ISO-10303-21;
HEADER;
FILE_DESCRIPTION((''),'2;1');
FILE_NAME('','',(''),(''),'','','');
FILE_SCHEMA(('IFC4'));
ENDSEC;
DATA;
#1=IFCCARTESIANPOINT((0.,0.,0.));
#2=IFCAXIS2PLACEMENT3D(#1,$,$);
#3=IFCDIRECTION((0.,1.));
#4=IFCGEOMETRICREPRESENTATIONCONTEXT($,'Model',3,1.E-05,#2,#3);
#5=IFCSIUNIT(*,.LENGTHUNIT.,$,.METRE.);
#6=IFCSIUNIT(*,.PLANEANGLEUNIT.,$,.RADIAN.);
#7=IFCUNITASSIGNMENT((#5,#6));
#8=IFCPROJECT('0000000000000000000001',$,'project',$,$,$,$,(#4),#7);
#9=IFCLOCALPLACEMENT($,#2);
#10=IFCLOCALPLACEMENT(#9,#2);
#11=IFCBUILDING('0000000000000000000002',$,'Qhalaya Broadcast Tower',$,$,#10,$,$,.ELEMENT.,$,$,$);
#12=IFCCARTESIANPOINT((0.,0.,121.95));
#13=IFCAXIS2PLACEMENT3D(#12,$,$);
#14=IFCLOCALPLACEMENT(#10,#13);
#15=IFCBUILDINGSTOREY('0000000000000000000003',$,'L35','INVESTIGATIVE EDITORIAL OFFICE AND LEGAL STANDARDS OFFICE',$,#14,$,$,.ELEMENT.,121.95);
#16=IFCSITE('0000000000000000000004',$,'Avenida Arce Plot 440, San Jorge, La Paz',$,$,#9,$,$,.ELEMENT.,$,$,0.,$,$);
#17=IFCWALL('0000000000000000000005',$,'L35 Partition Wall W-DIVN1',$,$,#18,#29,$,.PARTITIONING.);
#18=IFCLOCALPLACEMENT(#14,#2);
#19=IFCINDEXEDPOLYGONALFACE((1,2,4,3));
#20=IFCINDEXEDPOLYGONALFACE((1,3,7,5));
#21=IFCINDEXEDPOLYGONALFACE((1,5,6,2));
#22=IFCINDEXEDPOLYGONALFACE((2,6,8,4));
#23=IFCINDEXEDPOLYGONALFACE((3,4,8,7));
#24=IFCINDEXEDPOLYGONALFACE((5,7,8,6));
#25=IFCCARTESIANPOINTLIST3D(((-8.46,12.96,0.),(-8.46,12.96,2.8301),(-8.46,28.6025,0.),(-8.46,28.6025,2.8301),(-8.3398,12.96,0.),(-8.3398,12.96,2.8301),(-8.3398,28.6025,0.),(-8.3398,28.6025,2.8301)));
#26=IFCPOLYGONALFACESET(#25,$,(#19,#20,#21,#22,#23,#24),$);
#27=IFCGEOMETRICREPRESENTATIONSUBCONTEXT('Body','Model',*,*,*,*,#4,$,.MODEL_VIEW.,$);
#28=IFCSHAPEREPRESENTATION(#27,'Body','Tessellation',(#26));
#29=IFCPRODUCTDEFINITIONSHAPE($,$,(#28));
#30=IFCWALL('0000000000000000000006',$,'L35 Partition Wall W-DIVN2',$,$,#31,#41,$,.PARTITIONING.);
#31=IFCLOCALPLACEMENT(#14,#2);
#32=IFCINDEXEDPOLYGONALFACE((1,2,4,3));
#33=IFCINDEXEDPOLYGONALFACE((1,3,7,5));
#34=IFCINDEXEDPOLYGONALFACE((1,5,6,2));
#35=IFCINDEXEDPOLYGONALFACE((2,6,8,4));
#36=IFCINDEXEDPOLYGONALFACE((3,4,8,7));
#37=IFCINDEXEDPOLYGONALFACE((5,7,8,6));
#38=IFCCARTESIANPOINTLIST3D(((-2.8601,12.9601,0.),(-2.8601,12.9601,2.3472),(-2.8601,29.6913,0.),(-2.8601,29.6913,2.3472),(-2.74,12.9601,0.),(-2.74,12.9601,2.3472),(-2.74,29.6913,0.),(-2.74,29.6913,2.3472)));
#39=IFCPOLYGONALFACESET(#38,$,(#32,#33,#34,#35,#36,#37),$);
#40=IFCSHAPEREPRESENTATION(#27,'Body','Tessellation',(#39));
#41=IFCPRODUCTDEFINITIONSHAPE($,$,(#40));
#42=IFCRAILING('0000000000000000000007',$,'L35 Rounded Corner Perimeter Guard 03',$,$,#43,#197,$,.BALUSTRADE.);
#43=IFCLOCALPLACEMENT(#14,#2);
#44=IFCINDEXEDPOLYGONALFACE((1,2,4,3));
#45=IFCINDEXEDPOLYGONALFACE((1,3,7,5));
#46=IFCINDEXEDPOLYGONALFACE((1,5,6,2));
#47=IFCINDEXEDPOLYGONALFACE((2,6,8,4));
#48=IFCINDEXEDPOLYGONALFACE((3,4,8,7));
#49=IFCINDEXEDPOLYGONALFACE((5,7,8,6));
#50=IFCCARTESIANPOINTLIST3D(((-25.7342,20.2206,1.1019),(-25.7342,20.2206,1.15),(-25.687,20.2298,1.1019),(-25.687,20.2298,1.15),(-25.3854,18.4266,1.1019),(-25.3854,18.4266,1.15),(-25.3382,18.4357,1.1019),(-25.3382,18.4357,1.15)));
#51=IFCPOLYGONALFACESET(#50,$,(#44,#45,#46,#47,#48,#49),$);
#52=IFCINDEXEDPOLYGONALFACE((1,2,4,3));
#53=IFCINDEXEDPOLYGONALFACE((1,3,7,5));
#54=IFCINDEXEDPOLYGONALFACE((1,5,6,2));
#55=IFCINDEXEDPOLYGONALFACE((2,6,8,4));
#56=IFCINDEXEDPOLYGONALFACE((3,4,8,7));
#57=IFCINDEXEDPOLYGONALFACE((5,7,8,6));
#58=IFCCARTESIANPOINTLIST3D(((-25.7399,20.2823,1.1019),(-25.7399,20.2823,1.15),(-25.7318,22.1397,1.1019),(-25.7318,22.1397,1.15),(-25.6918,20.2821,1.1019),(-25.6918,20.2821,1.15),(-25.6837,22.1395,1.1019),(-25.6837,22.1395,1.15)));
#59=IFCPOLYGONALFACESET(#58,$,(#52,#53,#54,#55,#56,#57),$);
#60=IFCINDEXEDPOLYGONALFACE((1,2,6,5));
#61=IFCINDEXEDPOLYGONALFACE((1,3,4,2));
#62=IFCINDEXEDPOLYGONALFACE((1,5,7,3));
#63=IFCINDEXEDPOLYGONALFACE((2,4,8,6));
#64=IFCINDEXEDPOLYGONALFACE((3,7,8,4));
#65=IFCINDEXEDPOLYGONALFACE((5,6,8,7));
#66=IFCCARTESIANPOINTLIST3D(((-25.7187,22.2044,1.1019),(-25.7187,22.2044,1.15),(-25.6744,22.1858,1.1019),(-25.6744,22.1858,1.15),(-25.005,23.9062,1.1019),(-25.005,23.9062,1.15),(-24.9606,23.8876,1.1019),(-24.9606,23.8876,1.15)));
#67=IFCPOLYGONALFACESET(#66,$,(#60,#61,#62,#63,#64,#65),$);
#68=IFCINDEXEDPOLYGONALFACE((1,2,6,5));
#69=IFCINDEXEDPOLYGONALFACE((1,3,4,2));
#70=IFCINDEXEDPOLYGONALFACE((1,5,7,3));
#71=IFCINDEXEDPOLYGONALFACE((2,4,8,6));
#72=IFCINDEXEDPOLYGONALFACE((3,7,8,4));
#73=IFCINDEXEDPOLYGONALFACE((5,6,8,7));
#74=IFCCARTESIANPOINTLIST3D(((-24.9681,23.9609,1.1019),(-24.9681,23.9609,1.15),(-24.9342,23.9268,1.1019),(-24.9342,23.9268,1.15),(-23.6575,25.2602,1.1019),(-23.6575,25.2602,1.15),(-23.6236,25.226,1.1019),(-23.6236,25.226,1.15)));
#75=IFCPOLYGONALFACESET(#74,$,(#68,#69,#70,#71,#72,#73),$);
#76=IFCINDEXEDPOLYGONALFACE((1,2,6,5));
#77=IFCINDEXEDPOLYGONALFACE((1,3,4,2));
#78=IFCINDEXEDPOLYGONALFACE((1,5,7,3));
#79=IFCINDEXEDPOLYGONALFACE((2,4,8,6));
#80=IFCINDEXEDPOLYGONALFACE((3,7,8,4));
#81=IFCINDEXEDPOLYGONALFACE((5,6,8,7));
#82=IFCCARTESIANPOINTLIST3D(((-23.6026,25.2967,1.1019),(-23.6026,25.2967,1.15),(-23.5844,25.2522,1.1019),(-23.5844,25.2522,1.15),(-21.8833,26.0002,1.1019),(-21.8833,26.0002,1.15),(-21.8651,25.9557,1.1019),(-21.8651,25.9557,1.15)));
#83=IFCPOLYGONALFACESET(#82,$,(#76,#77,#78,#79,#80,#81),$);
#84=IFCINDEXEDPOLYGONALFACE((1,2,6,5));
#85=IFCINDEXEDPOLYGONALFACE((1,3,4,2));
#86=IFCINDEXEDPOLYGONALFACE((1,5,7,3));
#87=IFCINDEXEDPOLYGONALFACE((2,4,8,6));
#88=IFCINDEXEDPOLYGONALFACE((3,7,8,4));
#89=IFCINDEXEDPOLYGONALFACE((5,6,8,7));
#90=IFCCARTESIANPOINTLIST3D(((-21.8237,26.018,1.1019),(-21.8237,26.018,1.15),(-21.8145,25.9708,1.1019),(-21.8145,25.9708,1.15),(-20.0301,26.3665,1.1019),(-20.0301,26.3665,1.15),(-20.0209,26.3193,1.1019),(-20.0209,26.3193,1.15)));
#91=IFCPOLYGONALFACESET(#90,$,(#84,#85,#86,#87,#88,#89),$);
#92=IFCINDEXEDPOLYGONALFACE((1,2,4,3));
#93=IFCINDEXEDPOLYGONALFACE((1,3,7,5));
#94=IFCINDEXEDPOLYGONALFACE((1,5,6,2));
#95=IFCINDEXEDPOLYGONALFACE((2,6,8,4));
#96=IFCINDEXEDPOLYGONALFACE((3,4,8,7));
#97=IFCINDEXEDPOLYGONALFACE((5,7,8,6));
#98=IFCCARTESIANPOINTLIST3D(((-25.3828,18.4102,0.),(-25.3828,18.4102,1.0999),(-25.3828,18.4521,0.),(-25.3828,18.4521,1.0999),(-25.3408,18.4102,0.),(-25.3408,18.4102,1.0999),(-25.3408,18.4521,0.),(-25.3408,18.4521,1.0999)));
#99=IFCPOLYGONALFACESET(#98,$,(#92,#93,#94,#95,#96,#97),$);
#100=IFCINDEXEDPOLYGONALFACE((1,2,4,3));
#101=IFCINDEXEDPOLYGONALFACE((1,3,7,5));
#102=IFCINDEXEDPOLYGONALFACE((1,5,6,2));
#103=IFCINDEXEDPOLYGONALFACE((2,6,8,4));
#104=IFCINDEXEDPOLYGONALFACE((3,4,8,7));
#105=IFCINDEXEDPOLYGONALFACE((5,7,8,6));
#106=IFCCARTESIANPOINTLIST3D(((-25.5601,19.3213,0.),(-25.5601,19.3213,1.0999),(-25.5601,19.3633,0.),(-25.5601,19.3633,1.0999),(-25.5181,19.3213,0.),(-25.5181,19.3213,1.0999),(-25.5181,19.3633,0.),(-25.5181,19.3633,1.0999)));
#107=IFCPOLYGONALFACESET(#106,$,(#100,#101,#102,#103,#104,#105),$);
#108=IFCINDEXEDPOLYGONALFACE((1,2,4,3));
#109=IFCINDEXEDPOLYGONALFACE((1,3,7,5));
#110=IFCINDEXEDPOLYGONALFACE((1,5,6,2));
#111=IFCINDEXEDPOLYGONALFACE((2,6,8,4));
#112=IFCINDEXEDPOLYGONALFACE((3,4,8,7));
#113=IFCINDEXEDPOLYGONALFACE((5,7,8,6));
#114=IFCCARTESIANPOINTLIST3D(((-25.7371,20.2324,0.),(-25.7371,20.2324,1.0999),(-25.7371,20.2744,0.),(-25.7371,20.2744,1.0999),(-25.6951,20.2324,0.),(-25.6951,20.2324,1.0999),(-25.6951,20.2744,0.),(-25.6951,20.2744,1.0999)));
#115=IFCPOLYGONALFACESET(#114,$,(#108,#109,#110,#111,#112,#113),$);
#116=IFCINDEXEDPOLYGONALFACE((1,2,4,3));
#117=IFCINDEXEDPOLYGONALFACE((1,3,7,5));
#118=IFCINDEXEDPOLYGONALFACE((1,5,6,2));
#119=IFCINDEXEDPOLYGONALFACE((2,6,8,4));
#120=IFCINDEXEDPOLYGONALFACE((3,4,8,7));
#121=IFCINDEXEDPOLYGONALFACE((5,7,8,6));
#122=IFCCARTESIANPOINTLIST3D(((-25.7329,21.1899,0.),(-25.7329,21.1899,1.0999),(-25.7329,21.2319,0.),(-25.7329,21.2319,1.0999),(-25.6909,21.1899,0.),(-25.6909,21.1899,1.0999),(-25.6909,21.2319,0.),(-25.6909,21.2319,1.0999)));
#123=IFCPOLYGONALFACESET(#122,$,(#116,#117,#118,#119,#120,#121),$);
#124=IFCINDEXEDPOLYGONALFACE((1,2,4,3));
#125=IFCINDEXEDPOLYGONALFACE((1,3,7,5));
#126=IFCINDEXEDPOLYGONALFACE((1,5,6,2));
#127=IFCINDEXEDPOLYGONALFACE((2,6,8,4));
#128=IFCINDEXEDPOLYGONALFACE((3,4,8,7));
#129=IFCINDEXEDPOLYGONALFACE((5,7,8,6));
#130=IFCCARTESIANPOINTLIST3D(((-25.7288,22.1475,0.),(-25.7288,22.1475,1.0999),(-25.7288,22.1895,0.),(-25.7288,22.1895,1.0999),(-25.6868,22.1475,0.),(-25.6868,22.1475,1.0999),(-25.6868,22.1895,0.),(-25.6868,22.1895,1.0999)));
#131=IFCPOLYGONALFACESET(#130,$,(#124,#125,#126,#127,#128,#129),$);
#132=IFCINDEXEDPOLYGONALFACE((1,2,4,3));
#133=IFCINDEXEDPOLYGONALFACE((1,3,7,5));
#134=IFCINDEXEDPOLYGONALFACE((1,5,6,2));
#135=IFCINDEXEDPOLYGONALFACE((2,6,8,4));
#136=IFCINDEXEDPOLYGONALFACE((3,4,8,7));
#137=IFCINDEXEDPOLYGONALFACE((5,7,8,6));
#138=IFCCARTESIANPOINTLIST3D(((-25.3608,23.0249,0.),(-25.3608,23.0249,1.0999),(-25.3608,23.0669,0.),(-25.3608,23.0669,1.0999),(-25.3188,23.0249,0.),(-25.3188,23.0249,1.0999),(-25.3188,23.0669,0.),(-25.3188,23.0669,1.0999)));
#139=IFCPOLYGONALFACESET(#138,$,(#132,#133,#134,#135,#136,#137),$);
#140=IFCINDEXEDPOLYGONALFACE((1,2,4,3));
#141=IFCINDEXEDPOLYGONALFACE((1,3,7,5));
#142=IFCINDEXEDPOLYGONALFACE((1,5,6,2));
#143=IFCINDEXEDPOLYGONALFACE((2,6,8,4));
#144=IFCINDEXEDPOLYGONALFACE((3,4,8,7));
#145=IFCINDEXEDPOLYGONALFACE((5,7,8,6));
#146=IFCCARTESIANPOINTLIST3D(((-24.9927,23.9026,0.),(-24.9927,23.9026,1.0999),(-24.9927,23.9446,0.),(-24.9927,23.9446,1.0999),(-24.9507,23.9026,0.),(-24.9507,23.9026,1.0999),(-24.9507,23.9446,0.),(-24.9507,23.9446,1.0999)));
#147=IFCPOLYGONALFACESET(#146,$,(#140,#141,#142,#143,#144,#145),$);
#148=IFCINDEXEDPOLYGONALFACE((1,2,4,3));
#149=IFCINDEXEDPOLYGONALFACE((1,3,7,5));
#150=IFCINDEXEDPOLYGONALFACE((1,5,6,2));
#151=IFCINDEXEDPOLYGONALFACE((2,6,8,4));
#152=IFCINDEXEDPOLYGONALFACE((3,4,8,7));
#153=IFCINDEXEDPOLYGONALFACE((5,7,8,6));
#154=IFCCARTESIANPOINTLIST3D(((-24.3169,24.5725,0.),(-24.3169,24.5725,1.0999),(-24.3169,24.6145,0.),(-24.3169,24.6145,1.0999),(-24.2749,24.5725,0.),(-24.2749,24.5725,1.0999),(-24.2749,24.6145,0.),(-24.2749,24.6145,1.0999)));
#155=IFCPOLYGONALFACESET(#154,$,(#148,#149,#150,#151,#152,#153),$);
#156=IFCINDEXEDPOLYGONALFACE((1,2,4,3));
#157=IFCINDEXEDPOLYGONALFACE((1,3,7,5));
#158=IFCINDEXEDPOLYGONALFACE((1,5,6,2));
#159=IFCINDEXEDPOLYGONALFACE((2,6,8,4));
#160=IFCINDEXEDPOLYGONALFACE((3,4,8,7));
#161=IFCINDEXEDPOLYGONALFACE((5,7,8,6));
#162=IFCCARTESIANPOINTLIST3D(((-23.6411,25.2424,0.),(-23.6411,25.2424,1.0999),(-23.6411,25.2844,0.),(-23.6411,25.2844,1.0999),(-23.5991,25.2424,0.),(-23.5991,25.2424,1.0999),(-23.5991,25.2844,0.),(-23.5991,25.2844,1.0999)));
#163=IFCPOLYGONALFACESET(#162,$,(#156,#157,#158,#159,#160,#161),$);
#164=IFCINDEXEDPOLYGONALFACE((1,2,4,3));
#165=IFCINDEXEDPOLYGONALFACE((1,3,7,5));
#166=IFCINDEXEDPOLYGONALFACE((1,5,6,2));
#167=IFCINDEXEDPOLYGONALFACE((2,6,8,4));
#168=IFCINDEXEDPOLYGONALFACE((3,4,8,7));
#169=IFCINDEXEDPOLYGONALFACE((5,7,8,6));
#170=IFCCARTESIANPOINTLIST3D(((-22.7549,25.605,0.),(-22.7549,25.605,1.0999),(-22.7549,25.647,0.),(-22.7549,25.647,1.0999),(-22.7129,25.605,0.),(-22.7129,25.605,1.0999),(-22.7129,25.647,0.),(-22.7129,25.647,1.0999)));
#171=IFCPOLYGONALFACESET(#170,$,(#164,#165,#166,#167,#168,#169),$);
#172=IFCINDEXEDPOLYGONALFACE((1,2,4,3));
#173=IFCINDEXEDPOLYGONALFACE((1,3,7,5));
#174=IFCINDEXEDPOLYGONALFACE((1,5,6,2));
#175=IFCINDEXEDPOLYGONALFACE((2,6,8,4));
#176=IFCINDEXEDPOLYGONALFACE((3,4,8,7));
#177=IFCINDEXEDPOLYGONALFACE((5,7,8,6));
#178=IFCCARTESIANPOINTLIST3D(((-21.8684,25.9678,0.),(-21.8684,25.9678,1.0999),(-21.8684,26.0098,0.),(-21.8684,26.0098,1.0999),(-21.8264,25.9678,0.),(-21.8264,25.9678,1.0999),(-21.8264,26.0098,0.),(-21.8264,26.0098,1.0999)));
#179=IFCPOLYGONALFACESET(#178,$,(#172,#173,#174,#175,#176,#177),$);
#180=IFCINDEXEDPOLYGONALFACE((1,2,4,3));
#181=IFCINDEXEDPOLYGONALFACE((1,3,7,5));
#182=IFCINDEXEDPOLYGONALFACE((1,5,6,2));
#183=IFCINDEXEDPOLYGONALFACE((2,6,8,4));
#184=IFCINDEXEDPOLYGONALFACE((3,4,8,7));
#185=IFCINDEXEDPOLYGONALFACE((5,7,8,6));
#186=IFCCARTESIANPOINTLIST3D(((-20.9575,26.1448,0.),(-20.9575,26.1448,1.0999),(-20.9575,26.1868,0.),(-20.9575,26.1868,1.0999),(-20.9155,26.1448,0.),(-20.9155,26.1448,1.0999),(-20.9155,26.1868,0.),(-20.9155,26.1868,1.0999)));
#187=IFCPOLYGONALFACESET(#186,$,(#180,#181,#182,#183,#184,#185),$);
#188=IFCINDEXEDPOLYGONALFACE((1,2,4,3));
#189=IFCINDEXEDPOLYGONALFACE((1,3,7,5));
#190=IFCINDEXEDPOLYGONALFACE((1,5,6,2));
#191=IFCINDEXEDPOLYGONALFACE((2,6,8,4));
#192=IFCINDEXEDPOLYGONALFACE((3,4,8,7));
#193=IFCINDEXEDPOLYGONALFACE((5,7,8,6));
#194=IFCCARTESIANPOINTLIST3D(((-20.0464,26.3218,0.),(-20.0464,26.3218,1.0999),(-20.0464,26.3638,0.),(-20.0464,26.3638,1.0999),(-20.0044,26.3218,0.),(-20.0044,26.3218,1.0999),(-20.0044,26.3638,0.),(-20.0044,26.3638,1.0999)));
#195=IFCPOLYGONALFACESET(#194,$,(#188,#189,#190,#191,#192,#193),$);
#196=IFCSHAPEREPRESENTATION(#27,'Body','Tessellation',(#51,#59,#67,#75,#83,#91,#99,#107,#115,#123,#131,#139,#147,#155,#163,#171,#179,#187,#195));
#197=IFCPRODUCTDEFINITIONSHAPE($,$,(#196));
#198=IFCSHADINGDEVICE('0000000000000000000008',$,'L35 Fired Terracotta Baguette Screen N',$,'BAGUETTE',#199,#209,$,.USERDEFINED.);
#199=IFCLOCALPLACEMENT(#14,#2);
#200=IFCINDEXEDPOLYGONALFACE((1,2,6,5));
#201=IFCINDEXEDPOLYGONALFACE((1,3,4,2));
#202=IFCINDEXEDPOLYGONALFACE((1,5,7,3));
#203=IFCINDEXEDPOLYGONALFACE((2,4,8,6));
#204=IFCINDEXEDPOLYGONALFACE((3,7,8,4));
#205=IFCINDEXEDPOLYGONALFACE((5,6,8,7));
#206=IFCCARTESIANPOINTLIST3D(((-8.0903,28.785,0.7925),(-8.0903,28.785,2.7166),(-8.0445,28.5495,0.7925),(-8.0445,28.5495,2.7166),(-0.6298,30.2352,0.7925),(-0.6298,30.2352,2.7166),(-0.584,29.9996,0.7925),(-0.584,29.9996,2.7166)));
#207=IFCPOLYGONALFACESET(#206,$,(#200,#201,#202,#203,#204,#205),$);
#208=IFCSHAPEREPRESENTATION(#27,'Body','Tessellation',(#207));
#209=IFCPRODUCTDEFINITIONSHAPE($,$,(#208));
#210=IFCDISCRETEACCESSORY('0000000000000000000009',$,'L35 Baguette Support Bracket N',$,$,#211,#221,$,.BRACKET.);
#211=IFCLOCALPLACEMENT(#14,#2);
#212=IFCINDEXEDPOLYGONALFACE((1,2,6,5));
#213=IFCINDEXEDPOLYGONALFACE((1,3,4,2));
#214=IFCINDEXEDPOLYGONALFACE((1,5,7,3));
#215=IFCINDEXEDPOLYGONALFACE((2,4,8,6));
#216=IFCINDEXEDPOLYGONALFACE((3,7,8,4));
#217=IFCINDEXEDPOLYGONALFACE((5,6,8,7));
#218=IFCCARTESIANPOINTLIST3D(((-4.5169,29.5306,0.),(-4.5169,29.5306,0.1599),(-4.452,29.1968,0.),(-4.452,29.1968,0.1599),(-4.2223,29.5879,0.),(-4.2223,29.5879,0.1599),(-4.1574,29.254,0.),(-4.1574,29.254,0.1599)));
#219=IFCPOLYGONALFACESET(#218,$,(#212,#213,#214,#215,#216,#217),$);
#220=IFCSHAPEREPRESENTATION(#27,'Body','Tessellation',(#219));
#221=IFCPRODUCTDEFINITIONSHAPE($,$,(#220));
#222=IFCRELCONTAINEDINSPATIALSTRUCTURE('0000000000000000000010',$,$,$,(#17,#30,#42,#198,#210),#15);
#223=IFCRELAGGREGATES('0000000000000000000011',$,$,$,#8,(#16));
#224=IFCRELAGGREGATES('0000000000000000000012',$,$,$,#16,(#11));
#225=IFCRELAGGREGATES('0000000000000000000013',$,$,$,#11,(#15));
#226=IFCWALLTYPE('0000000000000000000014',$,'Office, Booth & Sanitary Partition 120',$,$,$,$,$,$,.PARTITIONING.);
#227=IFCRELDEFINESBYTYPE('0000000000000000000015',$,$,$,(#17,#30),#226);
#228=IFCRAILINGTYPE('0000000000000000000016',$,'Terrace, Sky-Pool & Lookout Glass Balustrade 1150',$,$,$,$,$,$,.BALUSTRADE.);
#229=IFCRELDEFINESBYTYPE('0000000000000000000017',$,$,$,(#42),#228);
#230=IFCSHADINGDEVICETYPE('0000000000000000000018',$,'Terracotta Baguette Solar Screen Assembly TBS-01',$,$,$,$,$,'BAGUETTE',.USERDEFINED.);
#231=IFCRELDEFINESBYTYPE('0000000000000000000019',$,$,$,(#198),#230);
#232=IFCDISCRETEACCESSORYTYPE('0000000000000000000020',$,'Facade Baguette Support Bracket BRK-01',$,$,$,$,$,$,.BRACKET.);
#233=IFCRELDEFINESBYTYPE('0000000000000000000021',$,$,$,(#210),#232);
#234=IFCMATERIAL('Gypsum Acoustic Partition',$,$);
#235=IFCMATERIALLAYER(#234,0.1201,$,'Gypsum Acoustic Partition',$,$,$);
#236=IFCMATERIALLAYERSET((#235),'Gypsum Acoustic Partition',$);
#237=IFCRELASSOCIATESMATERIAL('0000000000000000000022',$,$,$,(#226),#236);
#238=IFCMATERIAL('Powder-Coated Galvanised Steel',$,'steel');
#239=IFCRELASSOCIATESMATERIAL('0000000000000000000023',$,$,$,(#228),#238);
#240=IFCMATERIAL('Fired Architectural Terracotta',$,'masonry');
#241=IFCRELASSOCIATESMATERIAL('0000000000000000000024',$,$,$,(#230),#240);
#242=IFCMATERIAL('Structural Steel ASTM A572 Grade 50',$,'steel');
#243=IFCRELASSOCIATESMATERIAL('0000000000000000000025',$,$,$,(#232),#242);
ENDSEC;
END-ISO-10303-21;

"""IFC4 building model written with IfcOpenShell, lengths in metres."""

from ifc_helpers import new_model, si_unit, direction, frame, frame_2d, origin, origin_2d, place, context, subcontext, project, spatial, rectangle, extrude, material, layer, layer_set, type_object, element, save


model = new_model("IFC4")

# Units and contexts
model_context = context("Model", 3, precision=1e-05, world=origin(), true_north=direction((0.0, 1.0)))
body_context = subcontext(model_context, "Body", "Model", "MODEL_VIEW")
ifc_project = project(units=[si_unit("LENGTHUNIT", "METRE"), si_unit("PLANEANGLEUNIT", "RADIAN")], contexts=[model_context])

# Site, building, storey
site_placement = place(None, origin())
site = spatial("IfcSite", under=ifc_project, at=site_placement, Name="Avenida Arce Plot 440, San Jorge, La Paz", CompositionType="ELEMENT", RefElevation=0.0)
building_placement = place(site_placement, origin())
building = spatial("IfcBuilding", under=site, at=building_placement, Name="Qhalaya Broadcast Tower", CompositionType="ELEMENT")
storey_placement = place(building_placement, frame((0.0, 0.0, 121.95)))
storey = spatial("IfcBuildingStorey", under=building, at=storey_placement, Name="L35", Description="INVESTIGATIVE EDITORIAL OFFICE AND LEGAL STANDARDS OFFICE", CompositionType="ELEMENT", Elevation=121.95)

# Shared definitions
ifc_material_1 = material(Name="Structural Steel ASTM A572 Grade 50", Category="steel")

# Shared definitions
ifc_material_2 = material(Name="Gypsum Acoustic Partition")

# Walls
ifc_layer_1 = layer(ifc_material_2, 0.1201, Name="Gypsum Acoustic Partition")
ifc_layer_set_1 = layer_set([ifc_layer_1], Name="Gypsum Acoustic Partition")
wall_type_1 = type_object("IfcWallType", Name="Office, Booth & Sanitary Partition 120", PredefinedType="PARTITIONING", material=ifc_layer_set_1)
wall_1_placement = place(storey_placement, frame((-8.3999, 12.96, 0.0), z_axis=(0.0, 0.0, 1.0), x_axis=(0.0, 1.0, 0.0)))
element("IfcWall", 1, at=wall_1_placement, inside=storey, type_object=wall_type_1, Name="L35 Partition Wall W-DIVN1", PredefinedType="PARTITIONING", context=body_context, shape_type="SweptSolid", body=[
    extrude(rectangle(XDim=15.6426, YDim=0.1201, at=frame_2d((7.8213, 0.0))), origin(), (0.0, 0.0, 1.0), 2.8301),
])
wall_2_placement = place(storey_placement, frame((-2.8, 12.96, 0.0), z_axis=(0.0, 0.0, 1.0), x_axis=(0.0, 1.0, 0.0)))
element("IfcWall", 2, at=wall_2_placement, inside=storey, type_object=wall_type_1, Name="L35 Partition Wall W-DIVN2", PredefinedType="PARTITIONING", context=body_context, shape_type="SweptSolid", body=[
    extrude(rectangle(XDim=16.7312, YDim=0.1201, at=frame_2d((8.3657, 0.0))), origin(), (0.0, 0.0, 1.0), 2.3472),
])

# Railing
ifc_material_3 = material(Name="Powder-Coated Galvanised Steel", Category="steel")
railing_type = type_object("IfcRailingType", Name="Terrace, Sky-Pool & Lookout Glass Balustrade 1150", PredefinedType="BALUSTRADE", material=ifc_material_3)
railing_placement = place(storey_placement, frame((-25.3618, 18.4312, 0.0)))
element("IfcRailing", 3, at=railing_placement, inside=storey, type_object=railing_type, Name="L35 Rounded Corner Perimeter Guard 03", PredefinedType="BALUSTRADE", context=body_context, shape_type="SweptSolid", body=[
    extrude(rectangle(XDim=0.0481, YDim=0.0481, at=origin_2d()), frame((0.0, 0.0, 1.126), z_axis=(-0.190827, 0.981624, 0.0), x_axis=(-0.981624, -0.190827, 0.0)), (0.0, 0.0, 1.0), 1.8276),
    extrude(rectangle(XDim=0.0481, YDim=0.0481, at=origin_2d()), frame((-0.354, 1.8511, 1.126), z_axis=(0.004334, 0.999991, 0.0), x_axis=(-0.999991, 0.004334, 0.0)), (0.0, 0.0, 1.0), 1.8574),
    extrude(rectangle(XDim=0.0481, YDim=0.0481, at=origin_2d()), frame((-0.3347, 3.7639, 1.126), z_axis=(0.386755, 0.922183, 0.0), x_axis=(-0.922183, 0.386755, 0.0)), (0.0, 0.0, 1.0), 1.8455),
    extrude(rectangle(XDim=0.0481, YDim=0.0481, at=origin_2d()), frame((0.4106, 5.5127, 1.126), z_axis=(0.710179, 0.704021, 0.0), x_axis=(-0.704021, 0.710179, 0.0)), (0.0, 0.0, 1.0), 1.8455),
    extrude(rectangle(XDim=0.0481, YDim=0.0481, at=origin_2d()), frame((1.7683, 6.8433, 1.126), z_axis=(0.925521, 0.378697, 0.0), x_axis=(-0.378697, 0.925521, 0.0)), (0.0, 0.0, 1.0), 1.8577),
    extrude(rectangle(XDim=0.0481, YDim=0.0481, at=origin_2d()), frame((3.5427, 7.5632, 1.126), z_axis=(0.981643, 0.190725, 0.0), x_axis=(-0.190725, 0.981643, 0.0)), (0.0, 0.0, 1.0), 1.8271),
    extrude(rectangle(XDim=0.042, YDim=0.042, at=origin_2d()), origin(), (0.0, 0.0, 1.0), 1.0999),
    extrude(rectangle(XDim=0.042, YDim=0.042, at=origin_2d()), frame((-0.1772, 0.9111, 0.0)), (0.0, 0.0, 1.0), 1.0999),
    extrude(rectangle(XDim=0.042, YDim=0.042, at=origin_2d()), frame((-0.3542, 1.8223, 0.0)), (0.0, 0.0, 1.0), 1.0999),
    extrude(rectangle(XDim=0.042, YDim=0.042, at=origin_2d()), frame((-0.3501, 2.7798, 0.0)), (0.0, 0.0, 1.0), 1.0999),
    extrude(rectangle(XDim=0.042, YDim=0.042, at=origin_2d()), frame((-0.3459, 3.7373, 0.0)), (0.0, 0.0, 1.0), 1.0999),
    extrude(rectangle(XDim=0.042, YDim=0.042, at=origin_2d()), frame((0.022, 4.6147, 0.0)), (0.0, 0.0, 1.0), 1.0999),
    extrude(rectangle(XDim=0.042, YDim=0.042, at=origin_2d()), frame((0.3901, 5.4924, 0.0)), (0.0, 0.0, 1.0), 1.0999),
    extrude(rectangle(XDim=0.042, YDim=0.042, at=origin_2d()), frame((1.0659, 6.1624, 0.0)), (0.0, 0.0, 1.0), 1.0999),
    extrude(rectangle(XDim=0.042, YDim=0.042, at=origin_2d()), frame((1.7417, 6.8323, 0.0)), (0.0, 0.0, 1.0), 1.0999),
    extrude(rectangle(XDim=0.042, YDim=0.042, at=origin_2d()), frame((2.6279, 7.1948, 0.0)), (0.0, 0.0, 1.0), 1.0999),
    extrude(rectangle(XDim=0.042, YDim=0.042, at=origin_2d()), frame((3.5144, 7.5576, 0.0)), (0.0, 0.0, 1.0), 1.0999),
    extrude(rectangle(XDim=0.042, YDim=0.042, at=origin_2d()), frame((4.4253, 7.7346, 0.0)), (0.0, 0.0, 1.0), 1.0999),
    extrude(rectangle(XDim=0.042, YDim=0.042, at=origin_2d()), frame((5.3364, 7.9116, 0.0)), (0.0, 0.0, 1.0), 1.0999),
])

# Shading device
ifc_material_4 = material(Name="Fired Architectural Terracotta", Category="masonry")
shading_device_type = type_object("IfcShadingDeviceType", Name="Terracotta Baguette Solar Screen Assembly TBS-01", ElementType="BAGUETTE", PredefinedType="USERDEFINED", material=ifc_material_4)
shading_device_placement = place(storey_placement, frame((-4.3372, 29.3923, 0.7925), z_axis=(0.0, 0.0, 1.0), x_axis=(-0.981627, -0.190809, 0.0)))
element("IfcShadingDevice", 4, at=shading_device_placement, inside=storey, type_object=shading_device_type, Name="L35 Fired Terracotta Baguette Screen N", ObjectType="BAGUETTE", PredefinedType="USERDEFINED", context=body_context, shape_type="SweptSolid", body=[
    extrude(rectangle(XDim=7.6001, YDim=0.24, at=origin_2d()), origin(), (0.0, 0.0, 1.0), 1.9241),
])

# Discrete accessory
discrete_accessory_type = type_object("IfcDiscreteAccessoryType", Name="Facade Baguette Support Bracket BRK-01", PredefinedType="BRACKET", material=ifc_material_1)
discrete_accessory_placement = place(storey_placement, frame((-4.3372, 29.3923, 0.0), z_axis=(0.0, 0.0, 1.0), x_axis=(-0.981627, -0.190809, 0.0)))
element("IfcDiscreteAccessory", 5, at=discrete_accessory_placement, inside=storey, type_object=discrete_accessory_type, Name="L35 Baguette Support Bracket N", PredefinedType="BRACKET", context=body_context, shape_type="SweptSolid", body=[
    extrude(rectangle(XDim=0.3, YDim=0.3401, at=origin_2d()), origin(), (0.0, 0.0, 1.0), 0.1599),
])

save(model, "model.ifc")
